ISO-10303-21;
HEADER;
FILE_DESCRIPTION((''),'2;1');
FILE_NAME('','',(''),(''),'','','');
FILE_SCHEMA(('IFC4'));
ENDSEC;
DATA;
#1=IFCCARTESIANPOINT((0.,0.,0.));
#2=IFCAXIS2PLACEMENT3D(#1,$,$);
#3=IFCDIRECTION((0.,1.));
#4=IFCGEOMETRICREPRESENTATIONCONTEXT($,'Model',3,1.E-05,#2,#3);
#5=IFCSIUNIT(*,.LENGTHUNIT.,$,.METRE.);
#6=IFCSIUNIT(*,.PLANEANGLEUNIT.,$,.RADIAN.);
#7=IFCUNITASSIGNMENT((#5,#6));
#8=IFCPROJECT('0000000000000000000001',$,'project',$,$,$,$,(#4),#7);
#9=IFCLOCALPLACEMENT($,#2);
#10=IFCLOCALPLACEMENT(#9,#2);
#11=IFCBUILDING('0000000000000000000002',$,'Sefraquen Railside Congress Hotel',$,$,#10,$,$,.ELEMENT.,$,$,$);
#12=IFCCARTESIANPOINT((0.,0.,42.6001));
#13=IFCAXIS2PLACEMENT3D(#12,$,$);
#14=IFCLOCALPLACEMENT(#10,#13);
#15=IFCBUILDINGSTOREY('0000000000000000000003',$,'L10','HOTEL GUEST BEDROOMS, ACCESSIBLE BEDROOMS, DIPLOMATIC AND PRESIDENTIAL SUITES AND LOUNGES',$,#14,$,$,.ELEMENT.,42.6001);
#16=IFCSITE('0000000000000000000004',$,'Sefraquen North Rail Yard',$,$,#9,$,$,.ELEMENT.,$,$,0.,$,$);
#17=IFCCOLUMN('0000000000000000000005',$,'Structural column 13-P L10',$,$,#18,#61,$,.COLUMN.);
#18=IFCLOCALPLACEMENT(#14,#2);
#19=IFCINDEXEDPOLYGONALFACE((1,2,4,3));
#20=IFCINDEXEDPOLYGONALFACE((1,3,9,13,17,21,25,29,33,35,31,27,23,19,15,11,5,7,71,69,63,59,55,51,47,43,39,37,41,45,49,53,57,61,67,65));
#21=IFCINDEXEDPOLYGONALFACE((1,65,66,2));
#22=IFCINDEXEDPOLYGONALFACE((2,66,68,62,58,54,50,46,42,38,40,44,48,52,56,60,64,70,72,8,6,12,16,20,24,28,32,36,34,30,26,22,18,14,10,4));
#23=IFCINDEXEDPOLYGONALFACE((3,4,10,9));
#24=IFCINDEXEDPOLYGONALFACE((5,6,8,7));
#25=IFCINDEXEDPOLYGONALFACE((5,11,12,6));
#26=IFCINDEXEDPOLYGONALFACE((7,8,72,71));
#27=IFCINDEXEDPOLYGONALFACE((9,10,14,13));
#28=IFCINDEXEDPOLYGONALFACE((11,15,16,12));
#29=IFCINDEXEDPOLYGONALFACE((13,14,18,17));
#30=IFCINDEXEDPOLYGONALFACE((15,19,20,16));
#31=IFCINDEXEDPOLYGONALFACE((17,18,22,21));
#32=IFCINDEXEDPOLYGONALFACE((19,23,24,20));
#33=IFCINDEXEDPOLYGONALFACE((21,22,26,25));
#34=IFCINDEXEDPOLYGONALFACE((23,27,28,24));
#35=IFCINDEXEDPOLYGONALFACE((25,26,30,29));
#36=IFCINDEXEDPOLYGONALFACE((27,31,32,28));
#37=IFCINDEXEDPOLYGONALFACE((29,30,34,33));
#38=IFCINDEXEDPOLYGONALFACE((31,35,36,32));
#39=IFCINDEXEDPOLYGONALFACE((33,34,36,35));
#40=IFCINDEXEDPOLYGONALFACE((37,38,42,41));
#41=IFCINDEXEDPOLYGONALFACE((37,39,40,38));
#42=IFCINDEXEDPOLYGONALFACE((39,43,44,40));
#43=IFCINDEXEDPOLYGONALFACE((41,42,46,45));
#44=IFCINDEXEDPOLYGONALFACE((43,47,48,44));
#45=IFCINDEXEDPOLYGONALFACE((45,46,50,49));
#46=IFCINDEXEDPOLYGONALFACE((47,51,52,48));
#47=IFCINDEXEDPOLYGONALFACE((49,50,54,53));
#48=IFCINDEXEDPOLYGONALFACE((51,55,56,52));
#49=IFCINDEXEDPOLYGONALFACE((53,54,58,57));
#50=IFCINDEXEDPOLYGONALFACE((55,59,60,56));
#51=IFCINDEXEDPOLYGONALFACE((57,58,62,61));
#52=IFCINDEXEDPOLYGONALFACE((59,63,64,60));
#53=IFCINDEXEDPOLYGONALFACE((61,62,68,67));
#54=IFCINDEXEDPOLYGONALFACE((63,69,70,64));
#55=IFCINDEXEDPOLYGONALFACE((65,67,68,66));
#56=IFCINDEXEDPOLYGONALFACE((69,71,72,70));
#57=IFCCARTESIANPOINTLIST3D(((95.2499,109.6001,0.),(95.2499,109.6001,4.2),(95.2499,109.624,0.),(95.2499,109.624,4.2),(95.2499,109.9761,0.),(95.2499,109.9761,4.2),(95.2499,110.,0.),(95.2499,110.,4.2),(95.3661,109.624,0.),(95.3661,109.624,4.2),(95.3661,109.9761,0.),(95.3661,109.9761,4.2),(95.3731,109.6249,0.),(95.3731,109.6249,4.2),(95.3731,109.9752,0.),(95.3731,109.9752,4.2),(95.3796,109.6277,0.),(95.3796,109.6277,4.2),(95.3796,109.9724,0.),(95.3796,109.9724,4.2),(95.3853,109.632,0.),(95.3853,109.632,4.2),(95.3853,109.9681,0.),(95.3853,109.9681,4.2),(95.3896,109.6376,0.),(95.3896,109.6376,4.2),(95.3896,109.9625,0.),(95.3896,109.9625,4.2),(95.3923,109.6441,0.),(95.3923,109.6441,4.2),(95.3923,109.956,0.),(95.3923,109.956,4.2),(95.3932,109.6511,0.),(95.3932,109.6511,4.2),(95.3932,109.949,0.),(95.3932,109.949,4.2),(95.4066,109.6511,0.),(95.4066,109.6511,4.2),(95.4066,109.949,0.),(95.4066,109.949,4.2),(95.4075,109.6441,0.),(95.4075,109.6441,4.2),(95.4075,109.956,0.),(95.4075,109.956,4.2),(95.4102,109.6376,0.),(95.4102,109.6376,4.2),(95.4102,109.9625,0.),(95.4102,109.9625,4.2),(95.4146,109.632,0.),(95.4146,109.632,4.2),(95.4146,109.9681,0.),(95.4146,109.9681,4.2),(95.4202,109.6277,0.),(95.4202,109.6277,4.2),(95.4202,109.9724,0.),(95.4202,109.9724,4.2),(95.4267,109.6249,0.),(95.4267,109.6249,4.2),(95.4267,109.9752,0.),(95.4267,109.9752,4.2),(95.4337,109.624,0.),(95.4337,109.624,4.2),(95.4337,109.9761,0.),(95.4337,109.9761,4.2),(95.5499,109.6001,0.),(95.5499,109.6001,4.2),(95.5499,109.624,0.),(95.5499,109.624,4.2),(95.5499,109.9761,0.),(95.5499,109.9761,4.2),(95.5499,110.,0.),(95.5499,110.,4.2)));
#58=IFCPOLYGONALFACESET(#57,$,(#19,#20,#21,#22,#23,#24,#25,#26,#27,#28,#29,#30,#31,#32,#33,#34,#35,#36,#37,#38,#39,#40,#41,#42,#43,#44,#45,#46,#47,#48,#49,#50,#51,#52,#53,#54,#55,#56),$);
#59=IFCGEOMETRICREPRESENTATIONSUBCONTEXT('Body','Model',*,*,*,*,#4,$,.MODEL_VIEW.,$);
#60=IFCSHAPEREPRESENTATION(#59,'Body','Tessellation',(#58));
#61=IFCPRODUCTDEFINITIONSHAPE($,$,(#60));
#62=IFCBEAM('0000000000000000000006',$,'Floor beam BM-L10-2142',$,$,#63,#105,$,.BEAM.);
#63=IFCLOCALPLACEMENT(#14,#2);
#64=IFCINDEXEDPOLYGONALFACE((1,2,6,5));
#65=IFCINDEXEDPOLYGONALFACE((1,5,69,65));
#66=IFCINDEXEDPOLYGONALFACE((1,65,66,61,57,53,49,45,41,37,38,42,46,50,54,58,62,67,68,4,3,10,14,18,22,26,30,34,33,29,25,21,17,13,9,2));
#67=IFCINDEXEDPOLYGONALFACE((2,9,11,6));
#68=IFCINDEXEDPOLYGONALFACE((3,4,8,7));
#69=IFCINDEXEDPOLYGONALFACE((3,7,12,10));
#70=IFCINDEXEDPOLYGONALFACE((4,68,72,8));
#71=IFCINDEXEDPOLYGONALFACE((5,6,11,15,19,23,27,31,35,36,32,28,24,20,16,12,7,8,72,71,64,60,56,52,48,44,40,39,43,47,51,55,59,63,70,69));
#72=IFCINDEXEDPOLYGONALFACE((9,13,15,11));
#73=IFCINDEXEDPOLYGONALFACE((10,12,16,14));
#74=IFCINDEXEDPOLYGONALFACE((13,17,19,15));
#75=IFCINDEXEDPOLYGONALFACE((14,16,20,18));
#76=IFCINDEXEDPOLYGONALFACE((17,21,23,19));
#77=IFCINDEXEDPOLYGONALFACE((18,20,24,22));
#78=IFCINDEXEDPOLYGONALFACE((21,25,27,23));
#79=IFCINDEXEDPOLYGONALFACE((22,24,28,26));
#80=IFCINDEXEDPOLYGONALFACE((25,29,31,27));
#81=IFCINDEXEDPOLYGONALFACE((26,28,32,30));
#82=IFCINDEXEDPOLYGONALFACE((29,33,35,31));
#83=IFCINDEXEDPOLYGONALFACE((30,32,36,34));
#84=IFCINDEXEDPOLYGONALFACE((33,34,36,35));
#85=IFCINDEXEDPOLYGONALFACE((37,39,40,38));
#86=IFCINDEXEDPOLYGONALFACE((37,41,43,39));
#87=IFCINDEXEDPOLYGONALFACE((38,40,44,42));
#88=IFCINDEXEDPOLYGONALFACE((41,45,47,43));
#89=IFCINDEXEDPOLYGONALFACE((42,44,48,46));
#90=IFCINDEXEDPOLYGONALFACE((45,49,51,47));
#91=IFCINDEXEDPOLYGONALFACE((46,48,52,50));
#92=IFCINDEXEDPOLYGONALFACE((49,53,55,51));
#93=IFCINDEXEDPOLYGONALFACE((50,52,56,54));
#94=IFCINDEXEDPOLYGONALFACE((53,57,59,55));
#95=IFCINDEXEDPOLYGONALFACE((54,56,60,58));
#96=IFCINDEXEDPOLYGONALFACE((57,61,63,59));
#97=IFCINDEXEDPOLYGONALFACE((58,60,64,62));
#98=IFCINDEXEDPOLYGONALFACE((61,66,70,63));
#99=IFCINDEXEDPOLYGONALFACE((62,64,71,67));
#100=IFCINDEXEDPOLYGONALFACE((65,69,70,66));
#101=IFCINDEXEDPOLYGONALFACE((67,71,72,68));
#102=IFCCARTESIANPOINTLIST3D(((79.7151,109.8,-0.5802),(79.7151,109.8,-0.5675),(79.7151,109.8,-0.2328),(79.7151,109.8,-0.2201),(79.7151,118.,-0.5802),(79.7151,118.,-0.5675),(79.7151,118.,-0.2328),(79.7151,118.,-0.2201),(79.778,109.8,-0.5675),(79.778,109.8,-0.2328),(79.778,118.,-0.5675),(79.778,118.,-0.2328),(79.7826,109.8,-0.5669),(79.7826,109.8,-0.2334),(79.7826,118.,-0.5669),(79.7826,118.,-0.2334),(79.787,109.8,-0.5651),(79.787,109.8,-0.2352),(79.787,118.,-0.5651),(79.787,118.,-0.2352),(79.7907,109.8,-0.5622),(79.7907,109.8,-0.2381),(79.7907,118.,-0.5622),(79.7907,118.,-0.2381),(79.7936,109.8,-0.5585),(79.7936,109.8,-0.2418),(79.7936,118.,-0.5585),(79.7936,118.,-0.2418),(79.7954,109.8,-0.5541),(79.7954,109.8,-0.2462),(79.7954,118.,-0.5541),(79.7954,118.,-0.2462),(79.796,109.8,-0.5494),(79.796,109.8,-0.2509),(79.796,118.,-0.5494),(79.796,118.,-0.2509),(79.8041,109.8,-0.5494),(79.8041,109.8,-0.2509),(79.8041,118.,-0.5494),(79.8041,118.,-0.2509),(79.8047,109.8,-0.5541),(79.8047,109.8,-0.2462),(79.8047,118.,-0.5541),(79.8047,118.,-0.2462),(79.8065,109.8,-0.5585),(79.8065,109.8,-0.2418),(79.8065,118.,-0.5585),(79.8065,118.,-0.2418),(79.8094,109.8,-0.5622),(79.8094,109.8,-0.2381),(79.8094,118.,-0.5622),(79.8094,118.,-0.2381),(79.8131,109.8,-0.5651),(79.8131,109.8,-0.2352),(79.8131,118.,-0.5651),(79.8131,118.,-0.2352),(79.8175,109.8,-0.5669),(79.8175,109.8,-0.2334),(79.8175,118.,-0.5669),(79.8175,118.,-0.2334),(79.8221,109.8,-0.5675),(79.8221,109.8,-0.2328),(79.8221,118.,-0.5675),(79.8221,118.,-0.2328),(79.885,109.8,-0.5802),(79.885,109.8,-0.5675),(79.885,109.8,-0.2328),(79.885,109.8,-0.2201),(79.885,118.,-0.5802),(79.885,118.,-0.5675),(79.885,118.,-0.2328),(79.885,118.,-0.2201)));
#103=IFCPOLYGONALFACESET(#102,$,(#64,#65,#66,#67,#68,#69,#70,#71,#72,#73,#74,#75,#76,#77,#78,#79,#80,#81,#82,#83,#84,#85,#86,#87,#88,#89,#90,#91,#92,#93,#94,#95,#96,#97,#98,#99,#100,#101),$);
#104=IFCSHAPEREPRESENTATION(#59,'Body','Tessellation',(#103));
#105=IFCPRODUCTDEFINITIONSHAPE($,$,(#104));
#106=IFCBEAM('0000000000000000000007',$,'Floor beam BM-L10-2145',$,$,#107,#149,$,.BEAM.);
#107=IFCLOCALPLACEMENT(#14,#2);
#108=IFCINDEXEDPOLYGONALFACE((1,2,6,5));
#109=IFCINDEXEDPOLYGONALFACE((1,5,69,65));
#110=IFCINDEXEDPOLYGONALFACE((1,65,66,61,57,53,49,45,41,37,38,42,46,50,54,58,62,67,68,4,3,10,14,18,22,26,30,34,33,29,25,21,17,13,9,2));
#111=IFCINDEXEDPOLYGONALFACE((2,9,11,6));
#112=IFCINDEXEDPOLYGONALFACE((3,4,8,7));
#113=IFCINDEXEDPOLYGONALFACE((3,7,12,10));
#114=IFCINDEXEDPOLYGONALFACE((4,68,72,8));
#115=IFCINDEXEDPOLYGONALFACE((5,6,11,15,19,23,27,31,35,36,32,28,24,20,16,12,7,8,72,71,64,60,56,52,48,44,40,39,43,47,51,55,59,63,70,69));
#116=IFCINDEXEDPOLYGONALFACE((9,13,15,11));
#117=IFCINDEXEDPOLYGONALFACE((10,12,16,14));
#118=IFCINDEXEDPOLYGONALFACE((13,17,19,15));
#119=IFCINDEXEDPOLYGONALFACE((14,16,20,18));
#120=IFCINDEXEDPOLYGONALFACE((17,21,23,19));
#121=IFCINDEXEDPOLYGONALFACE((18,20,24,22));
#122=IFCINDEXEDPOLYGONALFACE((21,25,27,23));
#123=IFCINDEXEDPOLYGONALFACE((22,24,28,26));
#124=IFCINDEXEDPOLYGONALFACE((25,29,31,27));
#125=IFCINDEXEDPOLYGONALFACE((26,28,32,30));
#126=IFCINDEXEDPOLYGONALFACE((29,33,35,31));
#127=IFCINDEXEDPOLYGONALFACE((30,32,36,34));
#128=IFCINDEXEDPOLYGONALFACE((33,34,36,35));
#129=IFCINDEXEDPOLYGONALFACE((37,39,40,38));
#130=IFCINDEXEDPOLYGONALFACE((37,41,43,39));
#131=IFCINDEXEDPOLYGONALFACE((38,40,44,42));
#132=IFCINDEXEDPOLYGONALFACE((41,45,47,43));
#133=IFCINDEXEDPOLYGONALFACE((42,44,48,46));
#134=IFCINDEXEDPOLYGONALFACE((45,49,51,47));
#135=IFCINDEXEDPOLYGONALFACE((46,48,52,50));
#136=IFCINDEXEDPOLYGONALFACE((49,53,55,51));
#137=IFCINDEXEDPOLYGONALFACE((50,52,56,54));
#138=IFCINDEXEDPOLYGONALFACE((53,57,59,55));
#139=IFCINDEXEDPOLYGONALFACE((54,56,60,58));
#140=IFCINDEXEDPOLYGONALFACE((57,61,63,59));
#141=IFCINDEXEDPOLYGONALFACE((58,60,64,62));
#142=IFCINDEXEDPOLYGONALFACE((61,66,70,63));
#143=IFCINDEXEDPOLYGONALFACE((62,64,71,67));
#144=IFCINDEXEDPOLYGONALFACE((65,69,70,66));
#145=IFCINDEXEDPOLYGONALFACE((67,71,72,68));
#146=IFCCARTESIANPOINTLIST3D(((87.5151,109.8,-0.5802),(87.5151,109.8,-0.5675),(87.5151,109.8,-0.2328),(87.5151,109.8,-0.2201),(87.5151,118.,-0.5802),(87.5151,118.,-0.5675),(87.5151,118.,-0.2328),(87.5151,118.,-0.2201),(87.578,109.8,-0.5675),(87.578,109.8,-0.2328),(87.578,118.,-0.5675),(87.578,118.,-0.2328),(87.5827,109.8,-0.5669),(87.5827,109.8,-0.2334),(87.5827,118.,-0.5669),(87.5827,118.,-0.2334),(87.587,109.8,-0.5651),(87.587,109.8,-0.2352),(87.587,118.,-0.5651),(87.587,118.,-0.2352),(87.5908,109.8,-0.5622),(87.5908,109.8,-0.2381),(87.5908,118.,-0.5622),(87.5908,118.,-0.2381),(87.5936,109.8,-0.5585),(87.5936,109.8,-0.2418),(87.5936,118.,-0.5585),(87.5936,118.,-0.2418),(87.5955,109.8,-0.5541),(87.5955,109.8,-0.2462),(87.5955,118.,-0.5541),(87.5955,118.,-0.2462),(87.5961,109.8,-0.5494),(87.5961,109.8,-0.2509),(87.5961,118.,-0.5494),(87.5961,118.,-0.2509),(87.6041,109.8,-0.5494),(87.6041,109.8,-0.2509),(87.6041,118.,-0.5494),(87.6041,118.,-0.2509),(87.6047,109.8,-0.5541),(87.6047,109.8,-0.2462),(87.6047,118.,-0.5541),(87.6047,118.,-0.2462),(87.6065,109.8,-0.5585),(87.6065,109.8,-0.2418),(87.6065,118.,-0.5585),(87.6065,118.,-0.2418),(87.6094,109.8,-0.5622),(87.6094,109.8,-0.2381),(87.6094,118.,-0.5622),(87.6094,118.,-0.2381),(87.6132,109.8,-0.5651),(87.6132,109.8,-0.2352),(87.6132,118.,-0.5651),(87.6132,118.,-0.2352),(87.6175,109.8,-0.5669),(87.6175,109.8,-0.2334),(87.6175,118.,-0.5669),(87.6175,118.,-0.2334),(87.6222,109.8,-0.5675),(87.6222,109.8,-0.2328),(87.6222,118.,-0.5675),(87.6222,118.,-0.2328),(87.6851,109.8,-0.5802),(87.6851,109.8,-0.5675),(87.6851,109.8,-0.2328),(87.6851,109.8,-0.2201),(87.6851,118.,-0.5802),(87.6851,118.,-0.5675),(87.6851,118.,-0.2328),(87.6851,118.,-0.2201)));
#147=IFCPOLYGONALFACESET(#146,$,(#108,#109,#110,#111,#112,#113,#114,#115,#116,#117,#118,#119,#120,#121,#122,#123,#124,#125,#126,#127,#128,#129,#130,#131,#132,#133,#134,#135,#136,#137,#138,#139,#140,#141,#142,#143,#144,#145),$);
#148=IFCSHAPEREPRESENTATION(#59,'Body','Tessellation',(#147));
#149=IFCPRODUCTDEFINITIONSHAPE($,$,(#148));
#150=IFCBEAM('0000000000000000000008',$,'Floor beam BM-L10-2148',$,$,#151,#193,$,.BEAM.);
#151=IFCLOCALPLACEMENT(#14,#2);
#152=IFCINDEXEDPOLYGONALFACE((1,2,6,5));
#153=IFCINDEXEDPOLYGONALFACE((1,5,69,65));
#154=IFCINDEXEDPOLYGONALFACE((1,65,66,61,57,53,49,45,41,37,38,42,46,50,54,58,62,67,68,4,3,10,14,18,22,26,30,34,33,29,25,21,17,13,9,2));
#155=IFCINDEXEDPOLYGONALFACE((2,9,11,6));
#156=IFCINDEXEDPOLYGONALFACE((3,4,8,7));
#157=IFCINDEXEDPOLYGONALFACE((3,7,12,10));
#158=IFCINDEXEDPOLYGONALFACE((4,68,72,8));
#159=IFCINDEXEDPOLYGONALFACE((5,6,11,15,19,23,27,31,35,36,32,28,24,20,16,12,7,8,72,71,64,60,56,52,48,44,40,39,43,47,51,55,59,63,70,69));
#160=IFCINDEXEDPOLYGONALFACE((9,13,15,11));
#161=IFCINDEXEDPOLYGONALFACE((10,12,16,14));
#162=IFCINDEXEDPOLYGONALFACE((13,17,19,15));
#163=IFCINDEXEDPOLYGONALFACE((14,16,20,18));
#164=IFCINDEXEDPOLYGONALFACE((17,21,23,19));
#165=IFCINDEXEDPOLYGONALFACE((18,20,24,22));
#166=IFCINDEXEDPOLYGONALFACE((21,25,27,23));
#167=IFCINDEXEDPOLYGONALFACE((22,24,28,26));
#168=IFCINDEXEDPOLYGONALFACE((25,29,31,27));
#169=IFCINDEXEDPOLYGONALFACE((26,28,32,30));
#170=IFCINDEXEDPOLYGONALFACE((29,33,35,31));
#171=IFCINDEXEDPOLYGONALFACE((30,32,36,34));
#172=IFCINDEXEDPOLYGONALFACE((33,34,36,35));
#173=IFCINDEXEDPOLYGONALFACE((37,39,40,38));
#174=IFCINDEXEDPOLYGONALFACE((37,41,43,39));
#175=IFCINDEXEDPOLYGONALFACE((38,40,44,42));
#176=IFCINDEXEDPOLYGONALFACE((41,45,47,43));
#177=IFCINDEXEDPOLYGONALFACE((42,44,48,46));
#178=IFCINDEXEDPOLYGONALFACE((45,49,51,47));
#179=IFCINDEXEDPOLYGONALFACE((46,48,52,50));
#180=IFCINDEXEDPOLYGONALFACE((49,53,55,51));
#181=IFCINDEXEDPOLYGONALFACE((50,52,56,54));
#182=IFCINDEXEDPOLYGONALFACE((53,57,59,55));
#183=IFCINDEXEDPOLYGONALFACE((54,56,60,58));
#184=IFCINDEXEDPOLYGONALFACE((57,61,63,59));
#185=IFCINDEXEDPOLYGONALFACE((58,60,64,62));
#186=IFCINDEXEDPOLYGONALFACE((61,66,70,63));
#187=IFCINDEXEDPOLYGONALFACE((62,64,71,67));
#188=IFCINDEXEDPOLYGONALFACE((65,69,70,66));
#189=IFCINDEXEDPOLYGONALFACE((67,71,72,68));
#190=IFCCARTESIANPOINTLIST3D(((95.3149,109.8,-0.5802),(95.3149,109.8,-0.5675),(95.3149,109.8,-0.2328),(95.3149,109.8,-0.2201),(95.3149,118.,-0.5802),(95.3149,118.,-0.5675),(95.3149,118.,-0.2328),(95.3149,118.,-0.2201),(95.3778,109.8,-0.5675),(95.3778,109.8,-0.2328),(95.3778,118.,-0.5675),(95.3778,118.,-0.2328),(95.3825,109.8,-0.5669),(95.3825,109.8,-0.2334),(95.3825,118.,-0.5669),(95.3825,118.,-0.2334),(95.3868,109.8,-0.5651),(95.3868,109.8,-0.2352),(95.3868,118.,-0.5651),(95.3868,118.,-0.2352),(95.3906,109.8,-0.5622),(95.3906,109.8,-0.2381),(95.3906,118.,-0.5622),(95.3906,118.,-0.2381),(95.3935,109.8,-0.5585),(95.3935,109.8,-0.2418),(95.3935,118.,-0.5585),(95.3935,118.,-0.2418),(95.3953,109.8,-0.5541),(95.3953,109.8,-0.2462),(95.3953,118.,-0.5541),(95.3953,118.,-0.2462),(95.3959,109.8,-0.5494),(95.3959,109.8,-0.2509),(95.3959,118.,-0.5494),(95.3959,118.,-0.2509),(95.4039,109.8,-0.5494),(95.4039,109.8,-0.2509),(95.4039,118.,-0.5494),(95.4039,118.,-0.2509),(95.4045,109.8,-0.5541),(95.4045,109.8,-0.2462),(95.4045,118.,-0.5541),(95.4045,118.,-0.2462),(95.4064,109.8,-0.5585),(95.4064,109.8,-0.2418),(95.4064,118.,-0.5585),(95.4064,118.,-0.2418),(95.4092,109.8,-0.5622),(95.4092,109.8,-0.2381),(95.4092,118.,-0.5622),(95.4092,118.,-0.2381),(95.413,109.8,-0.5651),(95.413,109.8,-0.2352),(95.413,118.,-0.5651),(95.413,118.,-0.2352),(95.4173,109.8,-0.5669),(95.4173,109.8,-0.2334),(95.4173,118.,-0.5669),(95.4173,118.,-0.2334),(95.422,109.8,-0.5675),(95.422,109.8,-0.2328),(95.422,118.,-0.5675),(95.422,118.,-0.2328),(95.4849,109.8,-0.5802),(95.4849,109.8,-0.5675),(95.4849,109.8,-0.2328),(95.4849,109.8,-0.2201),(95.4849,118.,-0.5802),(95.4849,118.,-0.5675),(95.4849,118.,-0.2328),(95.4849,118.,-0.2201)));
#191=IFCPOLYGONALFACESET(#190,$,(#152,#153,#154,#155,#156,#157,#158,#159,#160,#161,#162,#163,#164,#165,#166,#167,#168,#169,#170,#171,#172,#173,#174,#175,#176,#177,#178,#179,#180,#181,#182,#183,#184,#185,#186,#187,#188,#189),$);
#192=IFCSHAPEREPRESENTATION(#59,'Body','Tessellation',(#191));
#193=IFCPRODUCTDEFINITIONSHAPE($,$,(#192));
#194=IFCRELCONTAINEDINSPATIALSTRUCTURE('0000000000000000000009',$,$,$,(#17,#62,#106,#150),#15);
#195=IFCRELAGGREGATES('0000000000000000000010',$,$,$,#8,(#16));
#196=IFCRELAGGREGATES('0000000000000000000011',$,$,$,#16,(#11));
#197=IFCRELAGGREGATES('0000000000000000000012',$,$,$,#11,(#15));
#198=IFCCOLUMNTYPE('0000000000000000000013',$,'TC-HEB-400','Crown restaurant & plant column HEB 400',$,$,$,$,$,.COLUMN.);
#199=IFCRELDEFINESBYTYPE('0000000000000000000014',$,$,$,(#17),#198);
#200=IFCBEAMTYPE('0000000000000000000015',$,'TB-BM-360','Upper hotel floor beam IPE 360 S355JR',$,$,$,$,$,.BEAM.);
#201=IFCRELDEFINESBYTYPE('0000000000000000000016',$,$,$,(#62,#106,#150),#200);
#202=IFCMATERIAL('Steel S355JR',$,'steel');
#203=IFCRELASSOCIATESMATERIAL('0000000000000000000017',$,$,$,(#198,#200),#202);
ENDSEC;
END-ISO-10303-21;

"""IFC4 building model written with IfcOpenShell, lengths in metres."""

from ifc_helpers import new_model, si_unit, direction, frame, origin, origin_2d, place, context, subcontext, project, spatial, i_section, extrude, material, material_profile, profile_set, type_object, element, save


model = new_model("IFC4")

# Units and contexts
model_context = context("Model", 3, precision=1e-05, world=origin(), true_north=direction((0.0, 1.0)))
body_context = subcontext(model_context, "Body", "Model", "MODEL_VIEW")
ifc_project = project(units=[si_unit("LENGTHUNIT", "METRE"), si_unit("PLANEANGLEUNIT", "RADIAN")], contexts=[model_context])

# Site, building, storey
site_placement = place(None, origin())
site = spatial("IfcSite", under=ifc_project, at=site_placement, Name="Sefraquen North Rail Yard", CompositionType="ELEMENT", RefElevation=0.0)
building_placement = place(site_placement, origin())
building = spatial("IfcBuilding", under=site, at=building_placement, Name="Sefraquen Railside Congress Hotel", CompositionType="ELEMENT")
storey_placement = place(building_placement, frame((0.0, 0.0, 42.6001)))
storey = spatial("IfcBuildingStorey", under=building, at=storey_placement, Name="L10", Description="HOTEL GUEST BEDROOMS, ACCESSIBLE BEDROOMS, DIPLOMATIC AND PRESIDENTIAL SUITES AND LOUNGES", CompositionType="ELEMENT", Elevation=42.6001)

# Column
ifc_material_1 = material(Name="Steel S355JR", Category="steel")
ifc_material_profile_1 = material_profile(ifc_material_1, i_section(OverallWidth=0.3, OverallDepth=0.3999, WebThickness=0.0134, FlangeThickness=0.0239, FilletRadius=0.0271, at=origin_2d()), Name="HEB 400")
ifc_profile_set_1 = profile_set([ifc_material_profile_1], Name="Steel S355JR")
column_type_1 = type_object("IfcColumnType", Name="TC-HEB-400", Description="Crown restaurant & plant column HEB 400", PredefinedType="COLUMN", material=ifc_profile_set_1)
for number, where, z_axis, x_axis, name in (
    (1, (95.3999, 109.8, 0.0), (0.0, 0.0, 1.0), (1.0, 0.0, 0.0), "Structural column 13-P L10"),
):
    element("IfcColumn", number, at=place(storey_placement, frame(where, z_axis=z_axis, x_axis=x_axis)), inside=storey, type_object=column_type_1, Name=name, PredefinedType="COLUMN", context=body_context, shape_type="SweptSolid", body=[
        extrude(i_section(OverallWidth=0.3, OverallDepth=0.3999, WebThickness=0.0134, FlangeThickness=0.0239, FilletRadius=0.0271, at=origin_2d()), origin(), (0.0, 0.0, 1.0), 4.2),
    ])

# Beams
ifc_material_profile_2 = material_profile(ifc_material_1, i_section(OverallWidth=0.1699, OverallDepth=0.3601, WebThickness=0.0081, FlangeThickness=0.0127, FilletRadius=0.0181, at=origin_2d()), Name="IPE 360")
ifc_profile_set_2 = profile_set([ifc_material_profile_2], Name="Steel S355JR")
beam_type_1 = type_object("IfcBeamType", Name="TB-BM-360", Description="Upper hotel floor beam IPE 360 S355JR", PredefinedType="BEAM", material=ifc_profile_set_2)
for number, where, z_axis, x_axis, name in (
    (2, (79.8, 109.8, -0.4001), (0.0, 1.0, 0.0), (-1.0, 0.0, 0.0), "Floor beam BM-L10-2142"),
    (3, (87.6001, 109.8, -0.4001), (0.0, 1.0, 0.0), (-1.0, 0.0, 0.0), "Floor beam BM-L10-2145"),
    (4, (95.3999, 109.8, -0.4001), (0.0, 1.0, 0.0), (-1.0, 0.0, 0.0), "Floor beam BM-L10-2148"),
):
    element("IfcBeam", number, at=place(storey_placement, frame(where, z_axis=z_axis, x_axis=x_axis)), inside=storey, type_object=beam_type_1, Name=name, PredefinedType="BEAM", context=body_context, shape_type="SweptSolid", body=[
        extrude(i_section(OverallWidth=0.1699, OverallDepth=0.3601, WebThickness=0.0081, FlangeThickness=0.0127, FilletRadius=0.0181, at=origin_2d()), origin(), (0.0, 0.0, 1.0), 8.2),
    ])

save(model, "model.ifc")
